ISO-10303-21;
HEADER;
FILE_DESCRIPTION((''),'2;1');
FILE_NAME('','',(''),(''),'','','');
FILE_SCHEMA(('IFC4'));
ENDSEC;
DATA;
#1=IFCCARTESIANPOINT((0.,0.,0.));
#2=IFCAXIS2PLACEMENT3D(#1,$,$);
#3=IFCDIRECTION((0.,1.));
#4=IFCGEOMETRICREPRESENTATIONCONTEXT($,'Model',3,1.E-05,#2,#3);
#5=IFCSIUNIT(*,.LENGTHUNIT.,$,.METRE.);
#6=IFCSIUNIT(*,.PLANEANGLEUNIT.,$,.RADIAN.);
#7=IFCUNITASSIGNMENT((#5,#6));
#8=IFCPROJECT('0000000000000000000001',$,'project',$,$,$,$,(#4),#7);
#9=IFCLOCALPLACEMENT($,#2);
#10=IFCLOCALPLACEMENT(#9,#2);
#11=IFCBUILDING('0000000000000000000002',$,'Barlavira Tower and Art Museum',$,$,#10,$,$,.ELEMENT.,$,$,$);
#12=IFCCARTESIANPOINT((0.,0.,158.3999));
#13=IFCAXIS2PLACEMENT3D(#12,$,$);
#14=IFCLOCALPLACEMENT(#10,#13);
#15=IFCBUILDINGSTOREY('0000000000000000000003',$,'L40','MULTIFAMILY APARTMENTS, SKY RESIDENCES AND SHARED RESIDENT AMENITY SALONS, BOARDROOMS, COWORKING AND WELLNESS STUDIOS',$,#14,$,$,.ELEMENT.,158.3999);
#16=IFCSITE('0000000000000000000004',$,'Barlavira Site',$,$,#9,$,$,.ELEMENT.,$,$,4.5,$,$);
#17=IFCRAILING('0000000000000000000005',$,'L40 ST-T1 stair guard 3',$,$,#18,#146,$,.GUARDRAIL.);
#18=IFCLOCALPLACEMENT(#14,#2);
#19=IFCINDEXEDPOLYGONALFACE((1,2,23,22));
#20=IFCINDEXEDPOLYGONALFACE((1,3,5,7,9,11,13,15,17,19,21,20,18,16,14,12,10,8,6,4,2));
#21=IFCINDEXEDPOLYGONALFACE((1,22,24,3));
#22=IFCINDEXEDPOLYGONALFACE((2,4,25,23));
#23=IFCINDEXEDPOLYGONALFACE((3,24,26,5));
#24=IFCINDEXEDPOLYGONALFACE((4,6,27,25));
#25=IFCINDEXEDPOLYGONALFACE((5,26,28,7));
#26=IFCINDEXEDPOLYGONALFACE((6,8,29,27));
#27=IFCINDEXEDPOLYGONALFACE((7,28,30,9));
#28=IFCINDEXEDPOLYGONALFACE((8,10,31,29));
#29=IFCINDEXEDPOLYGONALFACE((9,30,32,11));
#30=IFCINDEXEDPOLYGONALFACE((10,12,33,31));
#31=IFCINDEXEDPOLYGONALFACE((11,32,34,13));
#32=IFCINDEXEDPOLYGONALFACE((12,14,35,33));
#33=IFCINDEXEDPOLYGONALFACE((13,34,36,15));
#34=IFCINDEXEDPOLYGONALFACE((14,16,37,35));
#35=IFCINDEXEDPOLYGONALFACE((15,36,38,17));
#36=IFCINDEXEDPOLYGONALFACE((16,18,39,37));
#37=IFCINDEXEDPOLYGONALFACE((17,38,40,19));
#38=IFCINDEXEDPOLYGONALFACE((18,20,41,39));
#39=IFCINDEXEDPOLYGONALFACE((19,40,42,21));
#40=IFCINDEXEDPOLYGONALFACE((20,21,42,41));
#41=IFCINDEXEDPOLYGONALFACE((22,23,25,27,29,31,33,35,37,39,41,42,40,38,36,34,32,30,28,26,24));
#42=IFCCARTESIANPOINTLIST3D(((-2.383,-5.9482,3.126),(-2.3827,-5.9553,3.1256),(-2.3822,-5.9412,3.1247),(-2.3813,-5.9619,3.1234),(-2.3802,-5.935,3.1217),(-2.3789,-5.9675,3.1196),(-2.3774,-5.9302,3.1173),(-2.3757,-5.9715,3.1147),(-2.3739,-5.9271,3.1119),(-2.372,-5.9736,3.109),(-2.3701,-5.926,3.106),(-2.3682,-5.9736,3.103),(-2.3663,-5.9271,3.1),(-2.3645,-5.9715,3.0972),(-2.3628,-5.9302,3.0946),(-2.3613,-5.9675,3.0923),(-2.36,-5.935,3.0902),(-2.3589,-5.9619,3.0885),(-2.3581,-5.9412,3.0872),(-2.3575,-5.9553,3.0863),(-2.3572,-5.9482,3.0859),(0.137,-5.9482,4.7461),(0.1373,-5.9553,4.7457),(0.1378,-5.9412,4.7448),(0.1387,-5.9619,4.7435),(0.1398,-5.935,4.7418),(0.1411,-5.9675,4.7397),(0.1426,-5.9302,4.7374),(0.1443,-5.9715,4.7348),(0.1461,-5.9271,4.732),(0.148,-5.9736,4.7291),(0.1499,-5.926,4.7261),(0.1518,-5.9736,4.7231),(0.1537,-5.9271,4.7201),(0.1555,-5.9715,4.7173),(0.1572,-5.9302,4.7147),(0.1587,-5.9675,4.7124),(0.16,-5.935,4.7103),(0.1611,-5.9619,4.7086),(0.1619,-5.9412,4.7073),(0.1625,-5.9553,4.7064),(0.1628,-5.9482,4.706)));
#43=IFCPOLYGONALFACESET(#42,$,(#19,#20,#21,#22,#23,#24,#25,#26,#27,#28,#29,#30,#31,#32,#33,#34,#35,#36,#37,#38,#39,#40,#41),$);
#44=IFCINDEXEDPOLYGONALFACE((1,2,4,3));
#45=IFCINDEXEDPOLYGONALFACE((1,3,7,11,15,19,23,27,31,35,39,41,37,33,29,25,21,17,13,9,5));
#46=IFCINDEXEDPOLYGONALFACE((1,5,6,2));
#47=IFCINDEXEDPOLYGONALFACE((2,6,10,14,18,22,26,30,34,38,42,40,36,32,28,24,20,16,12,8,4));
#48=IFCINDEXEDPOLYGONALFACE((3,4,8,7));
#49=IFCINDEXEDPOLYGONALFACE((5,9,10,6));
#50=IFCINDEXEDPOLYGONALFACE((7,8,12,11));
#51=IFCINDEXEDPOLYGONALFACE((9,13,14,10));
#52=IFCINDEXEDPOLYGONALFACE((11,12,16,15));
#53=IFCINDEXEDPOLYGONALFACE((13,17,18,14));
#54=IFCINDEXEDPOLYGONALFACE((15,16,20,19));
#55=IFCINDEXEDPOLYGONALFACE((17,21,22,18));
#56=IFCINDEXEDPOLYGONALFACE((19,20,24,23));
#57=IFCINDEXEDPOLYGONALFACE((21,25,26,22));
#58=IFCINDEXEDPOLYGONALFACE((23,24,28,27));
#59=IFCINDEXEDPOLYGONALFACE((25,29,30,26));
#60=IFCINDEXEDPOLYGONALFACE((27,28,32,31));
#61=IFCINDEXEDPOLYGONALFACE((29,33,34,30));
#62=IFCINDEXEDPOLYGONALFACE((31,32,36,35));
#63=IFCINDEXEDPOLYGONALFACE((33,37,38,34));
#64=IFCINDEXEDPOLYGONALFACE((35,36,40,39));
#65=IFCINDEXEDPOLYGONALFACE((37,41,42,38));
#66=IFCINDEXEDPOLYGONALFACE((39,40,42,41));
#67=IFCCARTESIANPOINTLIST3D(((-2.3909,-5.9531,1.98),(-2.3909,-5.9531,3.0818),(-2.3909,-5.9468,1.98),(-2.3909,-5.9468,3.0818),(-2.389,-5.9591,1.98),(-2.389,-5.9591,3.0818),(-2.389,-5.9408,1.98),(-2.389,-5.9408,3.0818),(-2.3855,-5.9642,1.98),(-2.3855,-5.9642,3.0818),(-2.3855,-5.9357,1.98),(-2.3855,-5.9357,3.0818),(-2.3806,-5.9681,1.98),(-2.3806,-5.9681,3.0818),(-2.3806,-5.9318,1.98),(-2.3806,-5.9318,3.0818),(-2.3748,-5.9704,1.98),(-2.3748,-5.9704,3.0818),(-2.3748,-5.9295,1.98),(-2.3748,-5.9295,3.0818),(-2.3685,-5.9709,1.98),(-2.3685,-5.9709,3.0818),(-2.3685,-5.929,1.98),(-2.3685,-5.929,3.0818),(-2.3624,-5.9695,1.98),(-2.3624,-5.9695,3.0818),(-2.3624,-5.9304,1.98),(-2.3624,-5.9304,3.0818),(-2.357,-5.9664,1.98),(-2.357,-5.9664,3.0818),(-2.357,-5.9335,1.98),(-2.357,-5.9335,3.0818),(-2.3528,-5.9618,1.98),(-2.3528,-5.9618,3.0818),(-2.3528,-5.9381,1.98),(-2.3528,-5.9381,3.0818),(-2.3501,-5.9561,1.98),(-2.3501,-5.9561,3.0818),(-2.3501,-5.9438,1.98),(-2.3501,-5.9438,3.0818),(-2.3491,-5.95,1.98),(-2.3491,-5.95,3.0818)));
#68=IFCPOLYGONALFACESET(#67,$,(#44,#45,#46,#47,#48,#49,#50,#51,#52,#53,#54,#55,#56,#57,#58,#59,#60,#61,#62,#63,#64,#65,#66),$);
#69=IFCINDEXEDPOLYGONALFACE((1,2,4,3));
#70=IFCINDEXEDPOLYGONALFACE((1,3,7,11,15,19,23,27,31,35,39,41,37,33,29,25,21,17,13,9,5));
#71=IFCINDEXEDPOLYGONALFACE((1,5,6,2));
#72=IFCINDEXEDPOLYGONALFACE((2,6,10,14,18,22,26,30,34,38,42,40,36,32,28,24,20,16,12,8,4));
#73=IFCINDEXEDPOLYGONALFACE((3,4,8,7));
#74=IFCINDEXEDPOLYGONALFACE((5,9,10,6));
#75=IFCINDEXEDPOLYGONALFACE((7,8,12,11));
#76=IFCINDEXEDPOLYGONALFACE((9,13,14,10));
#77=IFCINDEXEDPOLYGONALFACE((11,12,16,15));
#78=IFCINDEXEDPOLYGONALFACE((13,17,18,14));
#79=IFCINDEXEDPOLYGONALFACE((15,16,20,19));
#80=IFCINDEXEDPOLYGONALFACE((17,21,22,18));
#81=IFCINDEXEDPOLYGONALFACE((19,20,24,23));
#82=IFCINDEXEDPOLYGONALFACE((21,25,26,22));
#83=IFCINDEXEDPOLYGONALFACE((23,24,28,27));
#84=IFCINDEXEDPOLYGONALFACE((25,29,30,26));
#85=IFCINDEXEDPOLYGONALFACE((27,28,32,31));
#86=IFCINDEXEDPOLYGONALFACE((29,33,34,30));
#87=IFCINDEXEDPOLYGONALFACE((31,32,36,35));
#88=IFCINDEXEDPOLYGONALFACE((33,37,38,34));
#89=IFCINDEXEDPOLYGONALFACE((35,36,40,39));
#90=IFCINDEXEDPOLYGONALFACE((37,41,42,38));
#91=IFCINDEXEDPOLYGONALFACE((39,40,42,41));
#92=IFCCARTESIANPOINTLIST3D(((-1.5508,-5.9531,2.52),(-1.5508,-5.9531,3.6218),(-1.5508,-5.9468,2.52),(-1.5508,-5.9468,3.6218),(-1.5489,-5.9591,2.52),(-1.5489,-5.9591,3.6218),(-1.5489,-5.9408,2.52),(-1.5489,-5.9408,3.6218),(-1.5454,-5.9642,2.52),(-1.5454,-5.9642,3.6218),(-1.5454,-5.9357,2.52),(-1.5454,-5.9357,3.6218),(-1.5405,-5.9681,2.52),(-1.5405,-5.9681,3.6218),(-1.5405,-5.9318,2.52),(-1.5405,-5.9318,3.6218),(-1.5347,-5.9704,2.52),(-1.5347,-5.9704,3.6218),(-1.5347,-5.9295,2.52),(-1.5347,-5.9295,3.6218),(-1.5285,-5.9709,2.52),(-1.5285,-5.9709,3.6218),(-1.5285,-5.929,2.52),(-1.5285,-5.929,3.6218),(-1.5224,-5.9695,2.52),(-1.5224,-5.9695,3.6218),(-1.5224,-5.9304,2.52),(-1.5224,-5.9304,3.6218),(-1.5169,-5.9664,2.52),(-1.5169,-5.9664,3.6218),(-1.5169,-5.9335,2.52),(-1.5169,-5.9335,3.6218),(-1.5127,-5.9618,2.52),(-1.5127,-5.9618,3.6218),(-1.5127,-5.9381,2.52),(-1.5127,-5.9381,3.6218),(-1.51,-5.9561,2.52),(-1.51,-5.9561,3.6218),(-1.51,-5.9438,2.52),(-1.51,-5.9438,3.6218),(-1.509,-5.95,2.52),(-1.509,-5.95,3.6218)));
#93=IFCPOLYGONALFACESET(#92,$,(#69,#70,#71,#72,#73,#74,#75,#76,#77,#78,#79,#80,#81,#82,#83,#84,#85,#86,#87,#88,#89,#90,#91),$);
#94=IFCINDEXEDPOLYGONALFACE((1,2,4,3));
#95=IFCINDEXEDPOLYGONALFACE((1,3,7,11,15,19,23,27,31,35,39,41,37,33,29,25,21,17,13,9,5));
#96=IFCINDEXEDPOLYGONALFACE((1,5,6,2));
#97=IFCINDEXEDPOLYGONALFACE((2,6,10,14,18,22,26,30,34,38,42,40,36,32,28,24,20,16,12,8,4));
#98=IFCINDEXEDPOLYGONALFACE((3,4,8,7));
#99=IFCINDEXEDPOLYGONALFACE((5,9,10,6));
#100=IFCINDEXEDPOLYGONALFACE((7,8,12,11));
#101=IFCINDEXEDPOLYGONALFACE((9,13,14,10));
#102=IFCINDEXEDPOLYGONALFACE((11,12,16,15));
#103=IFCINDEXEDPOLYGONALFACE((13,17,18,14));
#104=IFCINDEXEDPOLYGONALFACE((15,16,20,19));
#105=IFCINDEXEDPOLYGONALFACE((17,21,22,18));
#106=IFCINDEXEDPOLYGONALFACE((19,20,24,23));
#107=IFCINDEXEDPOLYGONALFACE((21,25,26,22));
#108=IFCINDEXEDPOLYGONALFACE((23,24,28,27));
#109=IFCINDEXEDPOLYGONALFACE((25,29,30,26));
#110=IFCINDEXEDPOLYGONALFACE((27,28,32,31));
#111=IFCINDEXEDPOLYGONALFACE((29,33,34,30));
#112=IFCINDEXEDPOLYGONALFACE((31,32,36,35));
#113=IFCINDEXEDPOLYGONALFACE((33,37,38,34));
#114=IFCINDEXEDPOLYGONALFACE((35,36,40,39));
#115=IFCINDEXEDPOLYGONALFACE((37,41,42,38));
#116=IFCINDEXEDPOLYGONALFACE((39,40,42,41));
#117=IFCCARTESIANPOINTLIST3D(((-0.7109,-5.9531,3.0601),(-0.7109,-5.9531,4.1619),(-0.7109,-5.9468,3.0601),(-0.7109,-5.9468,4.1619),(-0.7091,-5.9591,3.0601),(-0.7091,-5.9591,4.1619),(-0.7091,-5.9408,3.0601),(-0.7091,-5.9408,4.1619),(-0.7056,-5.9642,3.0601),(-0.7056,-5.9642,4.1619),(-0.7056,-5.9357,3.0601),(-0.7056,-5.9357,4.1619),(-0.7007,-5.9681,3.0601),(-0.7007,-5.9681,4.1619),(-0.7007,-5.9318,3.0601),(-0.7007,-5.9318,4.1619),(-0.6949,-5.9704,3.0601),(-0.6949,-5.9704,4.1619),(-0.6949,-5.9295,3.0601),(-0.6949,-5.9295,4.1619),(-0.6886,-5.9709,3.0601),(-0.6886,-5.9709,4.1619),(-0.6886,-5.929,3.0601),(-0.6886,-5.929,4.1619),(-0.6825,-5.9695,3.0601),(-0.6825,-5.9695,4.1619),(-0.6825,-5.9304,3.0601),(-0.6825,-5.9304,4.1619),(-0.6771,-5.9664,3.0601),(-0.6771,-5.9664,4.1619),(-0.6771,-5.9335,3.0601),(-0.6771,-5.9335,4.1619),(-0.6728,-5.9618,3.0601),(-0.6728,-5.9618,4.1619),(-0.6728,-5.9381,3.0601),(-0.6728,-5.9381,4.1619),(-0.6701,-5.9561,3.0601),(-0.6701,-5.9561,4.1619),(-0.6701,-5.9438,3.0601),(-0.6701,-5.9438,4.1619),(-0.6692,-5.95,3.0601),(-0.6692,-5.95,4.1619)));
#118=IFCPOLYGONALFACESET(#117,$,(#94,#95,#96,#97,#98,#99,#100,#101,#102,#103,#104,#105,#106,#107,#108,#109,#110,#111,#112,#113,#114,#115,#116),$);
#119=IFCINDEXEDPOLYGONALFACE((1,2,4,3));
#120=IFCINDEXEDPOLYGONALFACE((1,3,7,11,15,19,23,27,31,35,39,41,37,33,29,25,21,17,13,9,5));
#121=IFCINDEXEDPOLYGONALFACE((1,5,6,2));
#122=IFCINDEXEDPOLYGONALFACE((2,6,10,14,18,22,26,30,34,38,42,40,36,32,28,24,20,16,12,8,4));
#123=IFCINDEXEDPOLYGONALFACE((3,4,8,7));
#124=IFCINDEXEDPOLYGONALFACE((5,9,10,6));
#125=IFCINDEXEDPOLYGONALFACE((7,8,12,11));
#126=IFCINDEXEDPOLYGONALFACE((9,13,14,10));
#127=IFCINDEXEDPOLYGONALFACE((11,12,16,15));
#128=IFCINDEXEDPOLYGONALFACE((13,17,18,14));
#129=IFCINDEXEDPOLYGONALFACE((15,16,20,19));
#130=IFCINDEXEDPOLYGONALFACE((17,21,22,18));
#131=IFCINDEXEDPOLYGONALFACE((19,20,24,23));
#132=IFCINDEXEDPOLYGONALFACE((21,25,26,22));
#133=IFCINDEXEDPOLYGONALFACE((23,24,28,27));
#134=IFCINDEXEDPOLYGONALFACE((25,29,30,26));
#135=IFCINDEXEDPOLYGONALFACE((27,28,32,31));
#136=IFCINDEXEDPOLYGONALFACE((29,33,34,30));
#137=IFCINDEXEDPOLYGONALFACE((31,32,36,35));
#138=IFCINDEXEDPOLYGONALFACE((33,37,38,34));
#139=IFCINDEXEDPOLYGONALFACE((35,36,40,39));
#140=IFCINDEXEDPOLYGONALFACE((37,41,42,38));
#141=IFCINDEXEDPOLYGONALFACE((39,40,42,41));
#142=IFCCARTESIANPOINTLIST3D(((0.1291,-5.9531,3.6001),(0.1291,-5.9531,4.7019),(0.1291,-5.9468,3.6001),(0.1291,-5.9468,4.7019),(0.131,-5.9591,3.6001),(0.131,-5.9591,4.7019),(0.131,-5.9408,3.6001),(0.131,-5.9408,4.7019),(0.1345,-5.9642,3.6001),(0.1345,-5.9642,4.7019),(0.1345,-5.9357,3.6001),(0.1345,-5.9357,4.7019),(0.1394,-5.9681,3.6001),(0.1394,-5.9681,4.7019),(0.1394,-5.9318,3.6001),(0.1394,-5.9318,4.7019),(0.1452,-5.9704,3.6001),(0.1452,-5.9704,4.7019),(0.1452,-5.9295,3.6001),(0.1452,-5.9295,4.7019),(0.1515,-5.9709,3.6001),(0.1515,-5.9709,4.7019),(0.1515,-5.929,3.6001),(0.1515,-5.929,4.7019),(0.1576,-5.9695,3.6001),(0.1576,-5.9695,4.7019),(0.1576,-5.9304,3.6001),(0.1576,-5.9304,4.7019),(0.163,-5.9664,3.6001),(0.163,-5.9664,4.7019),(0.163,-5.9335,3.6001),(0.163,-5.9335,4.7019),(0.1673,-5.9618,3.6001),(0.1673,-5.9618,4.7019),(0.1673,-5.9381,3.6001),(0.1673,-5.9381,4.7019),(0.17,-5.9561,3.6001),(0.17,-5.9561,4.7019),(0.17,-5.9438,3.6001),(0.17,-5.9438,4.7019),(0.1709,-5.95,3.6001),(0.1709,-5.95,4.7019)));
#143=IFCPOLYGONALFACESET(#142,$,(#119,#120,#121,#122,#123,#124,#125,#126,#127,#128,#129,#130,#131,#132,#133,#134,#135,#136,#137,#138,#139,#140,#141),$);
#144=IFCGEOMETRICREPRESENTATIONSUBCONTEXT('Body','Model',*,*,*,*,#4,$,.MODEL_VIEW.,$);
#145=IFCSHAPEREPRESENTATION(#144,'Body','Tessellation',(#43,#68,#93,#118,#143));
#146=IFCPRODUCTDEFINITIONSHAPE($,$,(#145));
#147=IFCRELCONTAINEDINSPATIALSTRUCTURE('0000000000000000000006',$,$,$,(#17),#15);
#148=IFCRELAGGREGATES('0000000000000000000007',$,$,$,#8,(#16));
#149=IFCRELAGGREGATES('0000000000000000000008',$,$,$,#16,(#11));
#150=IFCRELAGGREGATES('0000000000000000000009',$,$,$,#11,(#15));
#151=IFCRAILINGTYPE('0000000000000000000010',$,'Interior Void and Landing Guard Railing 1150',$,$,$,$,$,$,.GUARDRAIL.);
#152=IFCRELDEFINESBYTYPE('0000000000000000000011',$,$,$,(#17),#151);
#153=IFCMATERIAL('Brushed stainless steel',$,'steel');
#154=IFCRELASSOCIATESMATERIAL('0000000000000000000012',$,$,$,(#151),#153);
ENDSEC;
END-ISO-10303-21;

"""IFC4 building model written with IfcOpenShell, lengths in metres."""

from ifc_helpers import new_model, si_unit, direction, frame, origin, origin_2d, place, context, subcontext, project, spatial, circle, extrude, material, type_object, element, save


model = new_model("IFC4")

# Units and contexts
model_context = context("Model", 3, precision=1e-05, world=origin(), true_north=direction((0.0, 1.0)))
body_context = subcontext(model_context, "Body", "Model", "MODEL_VIEW")
ifc_project = project(units=[si_unit("LENGTHUNIT", "METRE"), si_unit("PLANEANGLEUNIT", "RADIAN")], contexts=[model_context])

# Site, building, storey
site_placement = place(None, origin())
site = spatial("IfcSite", under=ifc_project, at=site_placement, Name="Barlavira Site", CompositionType="ELEMENT", RefElevation=4.5)
building_placement = place(site_placement, origin())
building = spatial("IfcBuilding", under=site, at=building_placement, Name="Barlavira Tower and Art Museum", CompositionType="ELEMENT")
storey_placement = place(building_placement, frame((0.0, 0.0, 158.3999)))
storey = spatial("IfcBuildingStorey", under=building, at=storey_placement, Name="L40", Description="MULTIFAMILY APARTMENTS, SKY RESIDENCES AND SHARED RESIDENT AMENITY SALONS, BOARDROOMS, COWORKING AND WELLNESS STUDIOS", CompositionType="ELEMENT", Elevation=158.3999)

# Shared definitions
ifc_material_1 = material(Name="Brushed stainless steel", Category="steel")

# Railing
railing_type_1 = type_object("IfcRailingType", Name="Interior Void and Landing Guard Railing 1150", PredefinedType="GUARDRAIL", material=ifc_material_1)
railing_1_placement = place(storey_placement, frame((-2.3701, -5.95, 1.98)))
element("IfcRailing", 1, at=railing_1_placement, inside=storey, type_object=railing_type_1, Name="L40 ST-T1 stair guard 3", PredefinedType="GUARDRAIL", context=body_context, shape_type="SweptSolid", body=[
    extrude(circle(Radius=0.0239, at=origin_2d()), frame((0.0, 0.0, 1.126), z_axis=(0.841163, 0.0, 0.540782), x_axis=(0.0, 1.0, 0.0)), (0.0, 0.0, 1.0), 2.9958),
    extrude(circle(Radius=0.021, at=origin_2d()), origin(), (0.0, 0.0, 1.0), 1.1018),
    extrude(circle(Radius=0.021, at=origin_2d()), frame((0.8401, 0.0, 0.54)), (0.0, 0.0, 1.0), 1.1018),
    extrude(circle(Radius=0.021, at=origin_2d()), frame((1.6799, 0.0, 1.0801)), (0.0, 0.0, 1.0), 1.1018),
    extrude(circle(Radius=0.021, at=origin_2d()), frame((2.52, 0.0, 1.6201)), (0.0, 0.0, 1.0), 1.1018),
])

save(model, "model.ifc")
